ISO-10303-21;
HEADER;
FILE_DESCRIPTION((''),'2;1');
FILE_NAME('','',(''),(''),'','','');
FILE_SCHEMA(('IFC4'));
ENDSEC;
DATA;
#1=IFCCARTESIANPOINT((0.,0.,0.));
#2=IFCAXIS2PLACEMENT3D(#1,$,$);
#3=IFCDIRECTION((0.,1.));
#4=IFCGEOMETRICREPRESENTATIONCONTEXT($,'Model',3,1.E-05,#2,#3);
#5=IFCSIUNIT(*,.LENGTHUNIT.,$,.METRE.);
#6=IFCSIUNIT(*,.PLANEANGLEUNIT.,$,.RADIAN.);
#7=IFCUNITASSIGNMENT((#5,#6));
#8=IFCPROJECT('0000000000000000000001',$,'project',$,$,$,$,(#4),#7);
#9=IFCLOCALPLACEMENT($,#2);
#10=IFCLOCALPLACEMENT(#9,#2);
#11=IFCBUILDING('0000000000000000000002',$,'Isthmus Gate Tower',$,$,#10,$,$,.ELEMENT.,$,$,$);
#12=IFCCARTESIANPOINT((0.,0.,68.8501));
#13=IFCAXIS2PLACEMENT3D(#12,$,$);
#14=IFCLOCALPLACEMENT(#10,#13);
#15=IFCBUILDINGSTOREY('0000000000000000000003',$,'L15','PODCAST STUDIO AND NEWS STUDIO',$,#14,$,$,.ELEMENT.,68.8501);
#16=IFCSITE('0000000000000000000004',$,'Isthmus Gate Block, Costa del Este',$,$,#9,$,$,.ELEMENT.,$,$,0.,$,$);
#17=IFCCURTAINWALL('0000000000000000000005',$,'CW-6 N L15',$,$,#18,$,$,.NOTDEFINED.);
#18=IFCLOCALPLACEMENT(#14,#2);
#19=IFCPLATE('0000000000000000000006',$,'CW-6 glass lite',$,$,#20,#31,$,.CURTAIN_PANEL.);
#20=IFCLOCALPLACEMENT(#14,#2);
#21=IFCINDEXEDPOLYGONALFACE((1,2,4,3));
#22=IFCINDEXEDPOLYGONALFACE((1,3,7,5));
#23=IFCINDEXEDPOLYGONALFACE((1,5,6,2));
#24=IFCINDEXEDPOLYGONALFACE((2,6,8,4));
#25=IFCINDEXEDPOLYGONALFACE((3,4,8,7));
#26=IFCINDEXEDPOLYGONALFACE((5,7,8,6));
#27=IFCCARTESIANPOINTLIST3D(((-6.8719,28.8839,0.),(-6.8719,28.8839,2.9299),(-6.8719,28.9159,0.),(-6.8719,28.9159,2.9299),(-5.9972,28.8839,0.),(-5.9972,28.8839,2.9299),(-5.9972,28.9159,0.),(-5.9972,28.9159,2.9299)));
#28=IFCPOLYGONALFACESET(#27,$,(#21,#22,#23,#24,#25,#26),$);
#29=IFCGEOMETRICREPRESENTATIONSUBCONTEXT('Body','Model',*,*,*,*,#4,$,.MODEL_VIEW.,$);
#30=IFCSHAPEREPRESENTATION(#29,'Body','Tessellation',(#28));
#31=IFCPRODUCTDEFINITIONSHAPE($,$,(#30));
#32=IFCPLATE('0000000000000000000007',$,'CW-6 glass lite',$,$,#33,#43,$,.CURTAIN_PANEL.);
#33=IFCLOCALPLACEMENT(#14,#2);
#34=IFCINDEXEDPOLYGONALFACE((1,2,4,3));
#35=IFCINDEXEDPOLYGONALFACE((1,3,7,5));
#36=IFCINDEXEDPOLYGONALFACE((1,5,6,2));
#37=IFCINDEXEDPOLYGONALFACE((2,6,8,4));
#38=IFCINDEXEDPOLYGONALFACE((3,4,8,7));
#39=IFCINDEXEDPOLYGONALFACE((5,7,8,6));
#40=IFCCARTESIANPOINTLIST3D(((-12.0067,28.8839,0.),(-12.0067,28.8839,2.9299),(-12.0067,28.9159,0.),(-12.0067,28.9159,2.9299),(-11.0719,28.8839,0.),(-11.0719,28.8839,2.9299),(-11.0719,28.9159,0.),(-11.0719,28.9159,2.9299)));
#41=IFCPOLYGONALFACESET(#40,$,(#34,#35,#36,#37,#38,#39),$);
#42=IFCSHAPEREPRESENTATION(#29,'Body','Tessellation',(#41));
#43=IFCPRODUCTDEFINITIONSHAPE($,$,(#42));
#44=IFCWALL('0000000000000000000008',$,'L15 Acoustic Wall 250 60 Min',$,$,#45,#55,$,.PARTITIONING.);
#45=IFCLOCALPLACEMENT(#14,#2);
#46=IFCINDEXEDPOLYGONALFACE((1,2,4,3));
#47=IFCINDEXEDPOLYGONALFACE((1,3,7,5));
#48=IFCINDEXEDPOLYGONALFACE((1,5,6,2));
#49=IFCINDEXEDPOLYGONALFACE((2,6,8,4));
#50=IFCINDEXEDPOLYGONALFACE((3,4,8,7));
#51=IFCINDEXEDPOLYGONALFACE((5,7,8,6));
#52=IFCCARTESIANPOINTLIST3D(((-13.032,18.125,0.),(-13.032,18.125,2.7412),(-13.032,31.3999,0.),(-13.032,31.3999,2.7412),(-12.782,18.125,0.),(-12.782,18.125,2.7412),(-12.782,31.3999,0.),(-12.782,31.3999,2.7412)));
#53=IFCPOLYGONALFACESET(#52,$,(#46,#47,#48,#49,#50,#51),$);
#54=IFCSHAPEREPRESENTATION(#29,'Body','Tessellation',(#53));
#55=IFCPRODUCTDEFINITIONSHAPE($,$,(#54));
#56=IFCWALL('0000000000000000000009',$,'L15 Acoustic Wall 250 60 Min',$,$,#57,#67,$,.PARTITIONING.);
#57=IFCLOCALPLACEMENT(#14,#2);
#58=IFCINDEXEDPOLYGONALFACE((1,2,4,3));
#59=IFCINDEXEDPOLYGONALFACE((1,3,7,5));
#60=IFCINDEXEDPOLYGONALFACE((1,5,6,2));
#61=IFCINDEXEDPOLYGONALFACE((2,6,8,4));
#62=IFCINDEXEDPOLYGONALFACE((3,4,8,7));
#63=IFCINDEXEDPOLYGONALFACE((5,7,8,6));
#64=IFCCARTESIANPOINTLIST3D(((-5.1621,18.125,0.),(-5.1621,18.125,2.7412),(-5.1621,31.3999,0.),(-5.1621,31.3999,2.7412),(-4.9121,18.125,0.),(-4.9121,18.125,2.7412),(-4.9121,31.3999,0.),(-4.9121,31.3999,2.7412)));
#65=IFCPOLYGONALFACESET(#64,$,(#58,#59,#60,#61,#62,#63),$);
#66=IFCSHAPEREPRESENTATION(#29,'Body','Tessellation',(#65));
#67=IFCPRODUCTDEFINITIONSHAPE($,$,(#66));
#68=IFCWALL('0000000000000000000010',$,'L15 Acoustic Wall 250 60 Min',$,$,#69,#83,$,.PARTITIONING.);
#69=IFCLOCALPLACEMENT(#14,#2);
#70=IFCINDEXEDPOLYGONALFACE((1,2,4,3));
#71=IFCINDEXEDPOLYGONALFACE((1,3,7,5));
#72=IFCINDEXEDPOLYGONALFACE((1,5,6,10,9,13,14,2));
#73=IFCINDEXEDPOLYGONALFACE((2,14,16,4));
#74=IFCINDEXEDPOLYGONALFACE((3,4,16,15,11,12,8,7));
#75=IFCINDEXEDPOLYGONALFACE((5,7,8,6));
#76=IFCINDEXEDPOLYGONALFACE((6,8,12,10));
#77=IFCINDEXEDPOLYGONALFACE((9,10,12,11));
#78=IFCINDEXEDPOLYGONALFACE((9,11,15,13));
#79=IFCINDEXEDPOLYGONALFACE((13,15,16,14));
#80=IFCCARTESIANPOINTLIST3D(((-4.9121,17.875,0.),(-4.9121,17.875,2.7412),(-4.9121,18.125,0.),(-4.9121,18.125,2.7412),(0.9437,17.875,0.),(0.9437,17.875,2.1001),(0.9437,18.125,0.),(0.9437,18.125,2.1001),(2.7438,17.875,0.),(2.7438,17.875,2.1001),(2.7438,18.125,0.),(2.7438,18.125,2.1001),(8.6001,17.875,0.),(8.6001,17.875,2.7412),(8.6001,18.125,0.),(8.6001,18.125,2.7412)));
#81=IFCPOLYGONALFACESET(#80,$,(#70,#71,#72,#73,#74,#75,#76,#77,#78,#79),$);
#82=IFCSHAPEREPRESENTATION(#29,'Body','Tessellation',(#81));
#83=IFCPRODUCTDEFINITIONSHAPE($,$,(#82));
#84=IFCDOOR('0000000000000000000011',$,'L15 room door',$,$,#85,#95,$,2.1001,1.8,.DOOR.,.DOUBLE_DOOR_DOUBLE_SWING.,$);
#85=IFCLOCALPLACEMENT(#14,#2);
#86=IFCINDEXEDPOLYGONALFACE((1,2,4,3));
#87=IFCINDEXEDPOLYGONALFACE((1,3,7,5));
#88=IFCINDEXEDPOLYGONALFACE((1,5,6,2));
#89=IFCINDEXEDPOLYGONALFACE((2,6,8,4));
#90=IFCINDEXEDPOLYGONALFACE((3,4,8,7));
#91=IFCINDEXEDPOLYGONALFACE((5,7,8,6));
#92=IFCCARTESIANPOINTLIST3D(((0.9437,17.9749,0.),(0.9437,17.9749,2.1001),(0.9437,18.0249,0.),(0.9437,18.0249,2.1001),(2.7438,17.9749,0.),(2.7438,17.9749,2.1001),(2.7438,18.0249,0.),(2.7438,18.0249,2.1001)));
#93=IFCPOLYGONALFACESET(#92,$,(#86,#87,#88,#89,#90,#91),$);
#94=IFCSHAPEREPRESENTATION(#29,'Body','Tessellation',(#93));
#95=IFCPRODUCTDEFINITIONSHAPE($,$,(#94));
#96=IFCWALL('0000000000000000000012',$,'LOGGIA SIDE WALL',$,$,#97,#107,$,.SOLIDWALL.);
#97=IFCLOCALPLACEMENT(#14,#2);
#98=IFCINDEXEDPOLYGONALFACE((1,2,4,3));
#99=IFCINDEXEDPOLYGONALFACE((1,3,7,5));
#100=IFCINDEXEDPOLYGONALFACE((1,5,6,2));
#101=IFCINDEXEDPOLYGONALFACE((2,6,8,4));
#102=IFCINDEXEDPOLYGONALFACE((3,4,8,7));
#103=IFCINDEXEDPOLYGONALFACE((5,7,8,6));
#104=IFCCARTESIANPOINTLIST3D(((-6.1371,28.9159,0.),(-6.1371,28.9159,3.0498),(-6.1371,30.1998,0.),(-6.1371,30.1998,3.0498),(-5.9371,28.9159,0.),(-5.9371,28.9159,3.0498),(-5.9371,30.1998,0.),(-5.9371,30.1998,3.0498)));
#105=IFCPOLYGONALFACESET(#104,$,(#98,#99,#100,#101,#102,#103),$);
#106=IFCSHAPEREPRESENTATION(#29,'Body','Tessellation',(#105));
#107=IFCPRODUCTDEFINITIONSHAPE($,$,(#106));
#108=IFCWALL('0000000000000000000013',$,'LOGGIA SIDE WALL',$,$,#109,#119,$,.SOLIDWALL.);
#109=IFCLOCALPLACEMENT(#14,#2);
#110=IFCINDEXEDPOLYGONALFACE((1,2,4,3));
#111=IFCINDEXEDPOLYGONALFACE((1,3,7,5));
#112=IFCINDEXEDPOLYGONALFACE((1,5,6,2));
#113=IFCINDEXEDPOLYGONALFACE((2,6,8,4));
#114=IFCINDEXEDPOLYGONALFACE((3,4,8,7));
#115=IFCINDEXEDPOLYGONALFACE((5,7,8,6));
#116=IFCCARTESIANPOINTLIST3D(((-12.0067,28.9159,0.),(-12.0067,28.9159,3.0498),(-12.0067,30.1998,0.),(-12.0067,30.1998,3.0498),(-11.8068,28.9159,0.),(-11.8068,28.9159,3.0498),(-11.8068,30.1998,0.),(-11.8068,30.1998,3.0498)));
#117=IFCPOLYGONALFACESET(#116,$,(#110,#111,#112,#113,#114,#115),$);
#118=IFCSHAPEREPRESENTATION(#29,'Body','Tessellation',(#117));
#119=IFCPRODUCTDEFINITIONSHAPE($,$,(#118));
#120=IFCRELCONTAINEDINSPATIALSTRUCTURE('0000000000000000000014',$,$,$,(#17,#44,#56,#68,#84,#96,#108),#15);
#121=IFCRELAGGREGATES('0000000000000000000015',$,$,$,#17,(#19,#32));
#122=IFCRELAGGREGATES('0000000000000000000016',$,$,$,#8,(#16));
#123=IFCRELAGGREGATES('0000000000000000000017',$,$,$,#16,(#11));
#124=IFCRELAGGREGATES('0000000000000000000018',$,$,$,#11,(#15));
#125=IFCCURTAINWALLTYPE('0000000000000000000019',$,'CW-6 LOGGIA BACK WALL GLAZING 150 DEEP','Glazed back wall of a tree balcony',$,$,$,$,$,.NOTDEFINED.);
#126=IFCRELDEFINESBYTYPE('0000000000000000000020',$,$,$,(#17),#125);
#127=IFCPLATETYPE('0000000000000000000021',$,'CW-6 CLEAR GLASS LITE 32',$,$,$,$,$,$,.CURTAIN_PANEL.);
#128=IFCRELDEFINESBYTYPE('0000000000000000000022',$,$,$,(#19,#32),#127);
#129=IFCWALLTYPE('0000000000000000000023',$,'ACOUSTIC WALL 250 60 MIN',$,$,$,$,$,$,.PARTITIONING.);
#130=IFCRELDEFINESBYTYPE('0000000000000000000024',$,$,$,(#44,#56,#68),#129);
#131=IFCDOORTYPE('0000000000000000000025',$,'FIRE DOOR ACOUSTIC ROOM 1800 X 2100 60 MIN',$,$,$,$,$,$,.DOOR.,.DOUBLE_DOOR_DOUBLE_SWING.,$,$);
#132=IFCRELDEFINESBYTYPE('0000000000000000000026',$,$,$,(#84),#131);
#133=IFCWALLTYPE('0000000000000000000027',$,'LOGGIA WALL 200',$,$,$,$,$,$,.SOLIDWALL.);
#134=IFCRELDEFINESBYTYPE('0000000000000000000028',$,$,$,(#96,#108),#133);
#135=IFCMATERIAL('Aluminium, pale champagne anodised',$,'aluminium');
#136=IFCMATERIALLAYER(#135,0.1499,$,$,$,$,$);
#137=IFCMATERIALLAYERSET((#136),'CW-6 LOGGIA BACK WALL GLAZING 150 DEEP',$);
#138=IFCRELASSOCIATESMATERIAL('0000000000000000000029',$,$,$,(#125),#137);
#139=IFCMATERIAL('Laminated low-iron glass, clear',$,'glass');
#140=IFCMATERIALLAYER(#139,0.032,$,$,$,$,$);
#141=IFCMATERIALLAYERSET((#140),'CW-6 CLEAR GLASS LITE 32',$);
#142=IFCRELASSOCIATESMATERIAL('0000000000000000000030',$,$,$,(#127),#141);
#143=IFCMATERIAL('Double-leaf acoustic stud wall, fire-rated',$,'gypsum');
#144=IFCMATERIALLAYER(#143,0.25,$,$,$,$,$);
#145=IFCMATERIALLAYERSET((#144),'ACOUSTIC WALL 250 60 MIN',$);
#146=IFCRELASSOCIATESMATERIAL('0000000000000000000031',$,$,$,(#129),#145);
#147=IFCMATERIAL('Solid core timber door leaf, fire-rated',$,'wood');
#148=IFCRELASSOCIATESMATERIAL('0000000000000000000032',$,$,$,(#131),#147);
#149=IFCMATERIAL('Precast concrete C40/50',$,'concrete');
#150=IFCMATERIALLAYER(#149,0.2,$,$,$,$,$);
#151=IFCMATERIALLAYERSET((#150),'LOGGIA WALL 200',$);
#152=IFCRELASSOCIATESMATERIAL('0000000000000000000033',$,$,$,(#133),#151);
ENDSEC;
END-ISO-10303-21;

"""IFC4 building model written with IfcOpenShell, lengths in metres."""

from ifc_helpers import new_model, si_unit, direction, frame, frame_2d, origin, origin_2d, place, context, subcontext, project, spatial, rectangle, extrude, material, layer, layer_set, type_object, element, fill, aggregate, save


model = new_model("IFC4")

# Units and contexts
model_context = context("Model", 3, precision=1e-05, world=origin(), true_north=direction((0.0, 1.0)))
body_context = subcontext(model_context, "Body", "Model", "MODEL_VIEW")
ifc_project = project(units=[si_unit("LENGTHUNIT", "METRE"), si_unit("PLANEANGLEUNIT", "RADIAN")], contexts=[model_context])

# Site, building, storey
site_placement = place(None, origin())
site = spatial("IfcSite", under=ifc_project, at=site_placement, Name="Isthmus Gate Block, Costa del Este", CompositionType="ELEMENT", RefElevation=0.0)
building_placement = place(site_placement, origin())
building = spatial("IfcBuilding", under=site, at=building_placement, Name="Isthmus Gate Tower", CompositionType="ELEMENT")
storey_placement = place(building_placement, frame((0.0, 0.0, 68.8501)))
storey = spatial("IfcBuildingStorey", under=building, at=storey_placement, Name="L15", Description="PODCAST STUDIO AND NEWS STUDIO", CompositionType="ELEMENT", Elevation=68.8501)

# Curtain wall
ifc_material_1 = material(Name="Aluminium, pale champagne anodised", Category="aluminium")
ifc_layer_1 = layer(ifc_material_1, 0.1499)
ifc_layer_set_1 = layer_set([ifc_layer_1], Name="CW-6 LOGGIA BACK WALL GLAZING 150 DEEP")
curtain_wall_type_1 = type_object("IfcCurtainWallType", Name="CW-6 LOGGIA BACK WALL GLAZING 150 DEEP", Description="Glazed back wall of a tree balcony", PredefinedType="NOTDEFINED", material=ifc_layer_set_1)
curtain_wall_1_placement = place(storey_placement, origin())
curtain_wall_1 = element("IfcCurtainWall", 1, at=curtain_wall_1_placement, inside=storey, type_object=curtain_wall_type_1, Name="CW-6 N L15", PredefinedType="NOTDEFINED")

# Plates
ifc_material_2 = material(Name="Laminated low-iron glass, clear", Category="glass")
ifc_layer_2 = layer(ifc_material_2, 0.032)
ifc_layer_set_2 = layer_set([ifc_layer_2], Name="CW-6 CLEAR GLASS LITE 32")
plate_type_1 = type_object("IfcPlateType", Name="CW-6 CLEAR GLASS LITE 32", PredefinedType="CURTAIN_PANEL", material=ifc_layer_set_2)
plate_1_placement = place(storey_placement, frame((-6.4346, 28.8999, 0.0), z_axis=(0.0, 0.0, 1.0), x_axis=(-1.0, 0.0, 0.0)))
plate_1 = element("IfcPlate", 2, at=plate_1_placement, type_object=plate_type_1, Name="CW-6 glass lite", PredefinedType="CURTAIN_PANEL", context=body_context, shape_type="SweptSolid", body=[
    extrude(rectangle(XDim=0.8748, YDim=0.032, at=origin_2d()), origin(), (0.0, 0.0, 1.0), 2.9299),
])
plate_2_placement = place(storey_placement, frame((-11.5393, 28.8999, 0.0), z_axis=(0.0, 0.0, 1.0), x_axis=(-1.0, 0.0, 0.0)))
plate_2 = element("IfcPlate", 3, at=plate_2_placement, type_object=plate_type_1, Name="CW-6 glass lite", PredefinedType="CURTAIN_PANEL", context=body_context, shape_type="SweptSolid", body=[
    extrude(rectangle(XDim=0.9348, YDim=0.032, at=origin_2d()), origin(), (0.0, 0.0, 1.0), 2.9299),
])
aggregate(curtain_wall_1, [plate_1, plate_2])

# Walls
ifc_material_3 = material(Name="Double-leaf acoustic stud wall, fire-rated", Category="gypsum")
ifc_layer_3 = layer(ifc_material_3, 0.25)
ifc_layer_set_3 = layer_set([ifc_layer_3], Name="ACOUSTIC WALL 250 60 MIN")
wall_type_1 = type_object("IfcWallType", Name="ACOUSTIC WALL 250 60 MIN", PredefinedType="PARTITIONING", material=ifc_layer_set_3)
for number, where, z_axis, x_axis, name in (
    (4, (-12.907, 18.125, 0.0), (0.0, 0.0, 1.0), (0.0, 1.0, 0.0), "L15 Acoustic Wall 250 60 Min"),
    (5, (-5.0371, 18.125, 0.0), (0.0, 0.0, 1.0), (0.0, 1.0, 0.0), "L15 Acoustic Wall 250 60 Min"),
):
    element("IfcWall", number, at=place(storey_placement, frame(where, z_axis=z_axis, x_axis=x_axis)), inside=storey, type_object=wall_type_1, Name=name, PredefinedType="PARTITIONING", context=body_context, shape_type="SweptSolid", body=[
        extrude(rectangle(XDim=13.2749, YDim=0.25, at=frame_2d((6.6375, 0.0))), origin(), (0.0, 0.0, 1.0), 2.7412),
    ])

# Wall, opening, door
wall_1_placement = place(storey_placement, frame((-4.9121, 18.0, 0.0), z_axis=(0.0, 0.0, 1.0), x_axis=(1.0, 0.0, 0.0)))
wall_1 = element("IfcWall", 6, at=wall_1_placement, inside=storey, type_object=wall_type_1, Name="L15 Acoustic Wall 250 60 Min", PredefinedType="PARTITIONING", context=body_context, shape_type="SweptSolid", body=[
    extrude(rectangle(XDim=13.5122, YDim=0.25, at=frame_2d((6.7561, 0.0))), origin(), (0.0, 0.0, 1.0), 2.7412),
])
opening_1_placement = place(wall_1_placement, frame((5.856, 0.0, 0.0)))
opening_1 = element("IfcOpeningElement", 7, at=opening_1_placement, cuts=wall_1, PredefinedType="OPENING", context=body_context, shape_type="SweptSolid", body=[
    extrude(rectangle(XDim=1.8, YDim=2.1001, at=frame_2d((0.8999, 1.05))), frame((0.0, 0.135, 0.0), z_axis=(0.0, -1.0, 0.0), x_axis=(1.0, 0.0, 0.0)), (0.0, 0.0, 1.0), 0.27),
])
ifc_material_4 = material(Name="Solid core timber door leaf, fire-rated", Category="wood")
door_type_1 = type_object("IfcDoorType", Name="FIRE DOOR ACOUSTIC ROOM 1800 X 2100 60 MIN", OperationType="DOUBLE_DOOR_DOUBLE_SWING", PredefinedType="DOOR", material=ifc_material_4)
door_1_placement = place(opening_1_placement, origin())
door_1 = element("IfcDoor", 8, at=door_1_placement, inside=storey, type_object=door_type_1, Name="L15 room door", OperationType="DOUBLE_DOOR_DOUBLE_SWING", OverallHeight=2.1001, OverallWidth=1.8, PredefinedType="DOOR", context=body_context, shape_type="SweptSolid", body=[
    extrude(rectangle(XDim=1.8, YDim=2.1001, at=frame_2d((0.8999, 1.05))), frame((0.0, 0.0249, 0.0), z_axis=(0.0, -1.0, 0.0), x_axis=(1.0, 0.0, 0.0)), (0.0, 0.0, 1.0), 0.05),
])
fill(opening_1, door_1)
ifc_material_5 = material(Name="Precast concrete C40/50", Category="concrete")
ifc_layer_4 = layer(ifc_material_5, 0.2)
ifc_layer_set_4 = layer_set([ifc_layer_4], Name="LOGGIA WALL 200")
wall_type_2 = type_object("IfcWallType", Name="LOGGIA WALL 200", PredefinedType="SOLIDWALL", material=ifc_layer_set_4)

# Walls
for number, where, z_axis, x_axis, name in (
    (9, (-6.0371, 30.2, 0.0), (0.0, 0.0, 1.0), (0.0, -1.0, 0.0), "LOGGIA SIDE WALL"),
    (10, (-11.9067, 30.2, 0.0), (0.0, 0.0, 1.0), (0.0, -1.0, 0.0), "LOGGIA SIDE WALL"),
):
    element("IfcWall", number, at=place(storey_placement, frame(where, z_axis=z_axis, x_axis=x_axis)), inside=storey, type_object=wall_type_2, Name=name, PredefinedType="SOLIDWALL", context=body_context, shape_type="SweptSolid", body=[
        extrude(rectangle(XDim=1.2839, YDim=0.2, at=frame_2d((0.6421, 0.0))), origin(), (0.0, 0.0, 1.0), 3.0498),
    ])

save(model, "model.ifc")
